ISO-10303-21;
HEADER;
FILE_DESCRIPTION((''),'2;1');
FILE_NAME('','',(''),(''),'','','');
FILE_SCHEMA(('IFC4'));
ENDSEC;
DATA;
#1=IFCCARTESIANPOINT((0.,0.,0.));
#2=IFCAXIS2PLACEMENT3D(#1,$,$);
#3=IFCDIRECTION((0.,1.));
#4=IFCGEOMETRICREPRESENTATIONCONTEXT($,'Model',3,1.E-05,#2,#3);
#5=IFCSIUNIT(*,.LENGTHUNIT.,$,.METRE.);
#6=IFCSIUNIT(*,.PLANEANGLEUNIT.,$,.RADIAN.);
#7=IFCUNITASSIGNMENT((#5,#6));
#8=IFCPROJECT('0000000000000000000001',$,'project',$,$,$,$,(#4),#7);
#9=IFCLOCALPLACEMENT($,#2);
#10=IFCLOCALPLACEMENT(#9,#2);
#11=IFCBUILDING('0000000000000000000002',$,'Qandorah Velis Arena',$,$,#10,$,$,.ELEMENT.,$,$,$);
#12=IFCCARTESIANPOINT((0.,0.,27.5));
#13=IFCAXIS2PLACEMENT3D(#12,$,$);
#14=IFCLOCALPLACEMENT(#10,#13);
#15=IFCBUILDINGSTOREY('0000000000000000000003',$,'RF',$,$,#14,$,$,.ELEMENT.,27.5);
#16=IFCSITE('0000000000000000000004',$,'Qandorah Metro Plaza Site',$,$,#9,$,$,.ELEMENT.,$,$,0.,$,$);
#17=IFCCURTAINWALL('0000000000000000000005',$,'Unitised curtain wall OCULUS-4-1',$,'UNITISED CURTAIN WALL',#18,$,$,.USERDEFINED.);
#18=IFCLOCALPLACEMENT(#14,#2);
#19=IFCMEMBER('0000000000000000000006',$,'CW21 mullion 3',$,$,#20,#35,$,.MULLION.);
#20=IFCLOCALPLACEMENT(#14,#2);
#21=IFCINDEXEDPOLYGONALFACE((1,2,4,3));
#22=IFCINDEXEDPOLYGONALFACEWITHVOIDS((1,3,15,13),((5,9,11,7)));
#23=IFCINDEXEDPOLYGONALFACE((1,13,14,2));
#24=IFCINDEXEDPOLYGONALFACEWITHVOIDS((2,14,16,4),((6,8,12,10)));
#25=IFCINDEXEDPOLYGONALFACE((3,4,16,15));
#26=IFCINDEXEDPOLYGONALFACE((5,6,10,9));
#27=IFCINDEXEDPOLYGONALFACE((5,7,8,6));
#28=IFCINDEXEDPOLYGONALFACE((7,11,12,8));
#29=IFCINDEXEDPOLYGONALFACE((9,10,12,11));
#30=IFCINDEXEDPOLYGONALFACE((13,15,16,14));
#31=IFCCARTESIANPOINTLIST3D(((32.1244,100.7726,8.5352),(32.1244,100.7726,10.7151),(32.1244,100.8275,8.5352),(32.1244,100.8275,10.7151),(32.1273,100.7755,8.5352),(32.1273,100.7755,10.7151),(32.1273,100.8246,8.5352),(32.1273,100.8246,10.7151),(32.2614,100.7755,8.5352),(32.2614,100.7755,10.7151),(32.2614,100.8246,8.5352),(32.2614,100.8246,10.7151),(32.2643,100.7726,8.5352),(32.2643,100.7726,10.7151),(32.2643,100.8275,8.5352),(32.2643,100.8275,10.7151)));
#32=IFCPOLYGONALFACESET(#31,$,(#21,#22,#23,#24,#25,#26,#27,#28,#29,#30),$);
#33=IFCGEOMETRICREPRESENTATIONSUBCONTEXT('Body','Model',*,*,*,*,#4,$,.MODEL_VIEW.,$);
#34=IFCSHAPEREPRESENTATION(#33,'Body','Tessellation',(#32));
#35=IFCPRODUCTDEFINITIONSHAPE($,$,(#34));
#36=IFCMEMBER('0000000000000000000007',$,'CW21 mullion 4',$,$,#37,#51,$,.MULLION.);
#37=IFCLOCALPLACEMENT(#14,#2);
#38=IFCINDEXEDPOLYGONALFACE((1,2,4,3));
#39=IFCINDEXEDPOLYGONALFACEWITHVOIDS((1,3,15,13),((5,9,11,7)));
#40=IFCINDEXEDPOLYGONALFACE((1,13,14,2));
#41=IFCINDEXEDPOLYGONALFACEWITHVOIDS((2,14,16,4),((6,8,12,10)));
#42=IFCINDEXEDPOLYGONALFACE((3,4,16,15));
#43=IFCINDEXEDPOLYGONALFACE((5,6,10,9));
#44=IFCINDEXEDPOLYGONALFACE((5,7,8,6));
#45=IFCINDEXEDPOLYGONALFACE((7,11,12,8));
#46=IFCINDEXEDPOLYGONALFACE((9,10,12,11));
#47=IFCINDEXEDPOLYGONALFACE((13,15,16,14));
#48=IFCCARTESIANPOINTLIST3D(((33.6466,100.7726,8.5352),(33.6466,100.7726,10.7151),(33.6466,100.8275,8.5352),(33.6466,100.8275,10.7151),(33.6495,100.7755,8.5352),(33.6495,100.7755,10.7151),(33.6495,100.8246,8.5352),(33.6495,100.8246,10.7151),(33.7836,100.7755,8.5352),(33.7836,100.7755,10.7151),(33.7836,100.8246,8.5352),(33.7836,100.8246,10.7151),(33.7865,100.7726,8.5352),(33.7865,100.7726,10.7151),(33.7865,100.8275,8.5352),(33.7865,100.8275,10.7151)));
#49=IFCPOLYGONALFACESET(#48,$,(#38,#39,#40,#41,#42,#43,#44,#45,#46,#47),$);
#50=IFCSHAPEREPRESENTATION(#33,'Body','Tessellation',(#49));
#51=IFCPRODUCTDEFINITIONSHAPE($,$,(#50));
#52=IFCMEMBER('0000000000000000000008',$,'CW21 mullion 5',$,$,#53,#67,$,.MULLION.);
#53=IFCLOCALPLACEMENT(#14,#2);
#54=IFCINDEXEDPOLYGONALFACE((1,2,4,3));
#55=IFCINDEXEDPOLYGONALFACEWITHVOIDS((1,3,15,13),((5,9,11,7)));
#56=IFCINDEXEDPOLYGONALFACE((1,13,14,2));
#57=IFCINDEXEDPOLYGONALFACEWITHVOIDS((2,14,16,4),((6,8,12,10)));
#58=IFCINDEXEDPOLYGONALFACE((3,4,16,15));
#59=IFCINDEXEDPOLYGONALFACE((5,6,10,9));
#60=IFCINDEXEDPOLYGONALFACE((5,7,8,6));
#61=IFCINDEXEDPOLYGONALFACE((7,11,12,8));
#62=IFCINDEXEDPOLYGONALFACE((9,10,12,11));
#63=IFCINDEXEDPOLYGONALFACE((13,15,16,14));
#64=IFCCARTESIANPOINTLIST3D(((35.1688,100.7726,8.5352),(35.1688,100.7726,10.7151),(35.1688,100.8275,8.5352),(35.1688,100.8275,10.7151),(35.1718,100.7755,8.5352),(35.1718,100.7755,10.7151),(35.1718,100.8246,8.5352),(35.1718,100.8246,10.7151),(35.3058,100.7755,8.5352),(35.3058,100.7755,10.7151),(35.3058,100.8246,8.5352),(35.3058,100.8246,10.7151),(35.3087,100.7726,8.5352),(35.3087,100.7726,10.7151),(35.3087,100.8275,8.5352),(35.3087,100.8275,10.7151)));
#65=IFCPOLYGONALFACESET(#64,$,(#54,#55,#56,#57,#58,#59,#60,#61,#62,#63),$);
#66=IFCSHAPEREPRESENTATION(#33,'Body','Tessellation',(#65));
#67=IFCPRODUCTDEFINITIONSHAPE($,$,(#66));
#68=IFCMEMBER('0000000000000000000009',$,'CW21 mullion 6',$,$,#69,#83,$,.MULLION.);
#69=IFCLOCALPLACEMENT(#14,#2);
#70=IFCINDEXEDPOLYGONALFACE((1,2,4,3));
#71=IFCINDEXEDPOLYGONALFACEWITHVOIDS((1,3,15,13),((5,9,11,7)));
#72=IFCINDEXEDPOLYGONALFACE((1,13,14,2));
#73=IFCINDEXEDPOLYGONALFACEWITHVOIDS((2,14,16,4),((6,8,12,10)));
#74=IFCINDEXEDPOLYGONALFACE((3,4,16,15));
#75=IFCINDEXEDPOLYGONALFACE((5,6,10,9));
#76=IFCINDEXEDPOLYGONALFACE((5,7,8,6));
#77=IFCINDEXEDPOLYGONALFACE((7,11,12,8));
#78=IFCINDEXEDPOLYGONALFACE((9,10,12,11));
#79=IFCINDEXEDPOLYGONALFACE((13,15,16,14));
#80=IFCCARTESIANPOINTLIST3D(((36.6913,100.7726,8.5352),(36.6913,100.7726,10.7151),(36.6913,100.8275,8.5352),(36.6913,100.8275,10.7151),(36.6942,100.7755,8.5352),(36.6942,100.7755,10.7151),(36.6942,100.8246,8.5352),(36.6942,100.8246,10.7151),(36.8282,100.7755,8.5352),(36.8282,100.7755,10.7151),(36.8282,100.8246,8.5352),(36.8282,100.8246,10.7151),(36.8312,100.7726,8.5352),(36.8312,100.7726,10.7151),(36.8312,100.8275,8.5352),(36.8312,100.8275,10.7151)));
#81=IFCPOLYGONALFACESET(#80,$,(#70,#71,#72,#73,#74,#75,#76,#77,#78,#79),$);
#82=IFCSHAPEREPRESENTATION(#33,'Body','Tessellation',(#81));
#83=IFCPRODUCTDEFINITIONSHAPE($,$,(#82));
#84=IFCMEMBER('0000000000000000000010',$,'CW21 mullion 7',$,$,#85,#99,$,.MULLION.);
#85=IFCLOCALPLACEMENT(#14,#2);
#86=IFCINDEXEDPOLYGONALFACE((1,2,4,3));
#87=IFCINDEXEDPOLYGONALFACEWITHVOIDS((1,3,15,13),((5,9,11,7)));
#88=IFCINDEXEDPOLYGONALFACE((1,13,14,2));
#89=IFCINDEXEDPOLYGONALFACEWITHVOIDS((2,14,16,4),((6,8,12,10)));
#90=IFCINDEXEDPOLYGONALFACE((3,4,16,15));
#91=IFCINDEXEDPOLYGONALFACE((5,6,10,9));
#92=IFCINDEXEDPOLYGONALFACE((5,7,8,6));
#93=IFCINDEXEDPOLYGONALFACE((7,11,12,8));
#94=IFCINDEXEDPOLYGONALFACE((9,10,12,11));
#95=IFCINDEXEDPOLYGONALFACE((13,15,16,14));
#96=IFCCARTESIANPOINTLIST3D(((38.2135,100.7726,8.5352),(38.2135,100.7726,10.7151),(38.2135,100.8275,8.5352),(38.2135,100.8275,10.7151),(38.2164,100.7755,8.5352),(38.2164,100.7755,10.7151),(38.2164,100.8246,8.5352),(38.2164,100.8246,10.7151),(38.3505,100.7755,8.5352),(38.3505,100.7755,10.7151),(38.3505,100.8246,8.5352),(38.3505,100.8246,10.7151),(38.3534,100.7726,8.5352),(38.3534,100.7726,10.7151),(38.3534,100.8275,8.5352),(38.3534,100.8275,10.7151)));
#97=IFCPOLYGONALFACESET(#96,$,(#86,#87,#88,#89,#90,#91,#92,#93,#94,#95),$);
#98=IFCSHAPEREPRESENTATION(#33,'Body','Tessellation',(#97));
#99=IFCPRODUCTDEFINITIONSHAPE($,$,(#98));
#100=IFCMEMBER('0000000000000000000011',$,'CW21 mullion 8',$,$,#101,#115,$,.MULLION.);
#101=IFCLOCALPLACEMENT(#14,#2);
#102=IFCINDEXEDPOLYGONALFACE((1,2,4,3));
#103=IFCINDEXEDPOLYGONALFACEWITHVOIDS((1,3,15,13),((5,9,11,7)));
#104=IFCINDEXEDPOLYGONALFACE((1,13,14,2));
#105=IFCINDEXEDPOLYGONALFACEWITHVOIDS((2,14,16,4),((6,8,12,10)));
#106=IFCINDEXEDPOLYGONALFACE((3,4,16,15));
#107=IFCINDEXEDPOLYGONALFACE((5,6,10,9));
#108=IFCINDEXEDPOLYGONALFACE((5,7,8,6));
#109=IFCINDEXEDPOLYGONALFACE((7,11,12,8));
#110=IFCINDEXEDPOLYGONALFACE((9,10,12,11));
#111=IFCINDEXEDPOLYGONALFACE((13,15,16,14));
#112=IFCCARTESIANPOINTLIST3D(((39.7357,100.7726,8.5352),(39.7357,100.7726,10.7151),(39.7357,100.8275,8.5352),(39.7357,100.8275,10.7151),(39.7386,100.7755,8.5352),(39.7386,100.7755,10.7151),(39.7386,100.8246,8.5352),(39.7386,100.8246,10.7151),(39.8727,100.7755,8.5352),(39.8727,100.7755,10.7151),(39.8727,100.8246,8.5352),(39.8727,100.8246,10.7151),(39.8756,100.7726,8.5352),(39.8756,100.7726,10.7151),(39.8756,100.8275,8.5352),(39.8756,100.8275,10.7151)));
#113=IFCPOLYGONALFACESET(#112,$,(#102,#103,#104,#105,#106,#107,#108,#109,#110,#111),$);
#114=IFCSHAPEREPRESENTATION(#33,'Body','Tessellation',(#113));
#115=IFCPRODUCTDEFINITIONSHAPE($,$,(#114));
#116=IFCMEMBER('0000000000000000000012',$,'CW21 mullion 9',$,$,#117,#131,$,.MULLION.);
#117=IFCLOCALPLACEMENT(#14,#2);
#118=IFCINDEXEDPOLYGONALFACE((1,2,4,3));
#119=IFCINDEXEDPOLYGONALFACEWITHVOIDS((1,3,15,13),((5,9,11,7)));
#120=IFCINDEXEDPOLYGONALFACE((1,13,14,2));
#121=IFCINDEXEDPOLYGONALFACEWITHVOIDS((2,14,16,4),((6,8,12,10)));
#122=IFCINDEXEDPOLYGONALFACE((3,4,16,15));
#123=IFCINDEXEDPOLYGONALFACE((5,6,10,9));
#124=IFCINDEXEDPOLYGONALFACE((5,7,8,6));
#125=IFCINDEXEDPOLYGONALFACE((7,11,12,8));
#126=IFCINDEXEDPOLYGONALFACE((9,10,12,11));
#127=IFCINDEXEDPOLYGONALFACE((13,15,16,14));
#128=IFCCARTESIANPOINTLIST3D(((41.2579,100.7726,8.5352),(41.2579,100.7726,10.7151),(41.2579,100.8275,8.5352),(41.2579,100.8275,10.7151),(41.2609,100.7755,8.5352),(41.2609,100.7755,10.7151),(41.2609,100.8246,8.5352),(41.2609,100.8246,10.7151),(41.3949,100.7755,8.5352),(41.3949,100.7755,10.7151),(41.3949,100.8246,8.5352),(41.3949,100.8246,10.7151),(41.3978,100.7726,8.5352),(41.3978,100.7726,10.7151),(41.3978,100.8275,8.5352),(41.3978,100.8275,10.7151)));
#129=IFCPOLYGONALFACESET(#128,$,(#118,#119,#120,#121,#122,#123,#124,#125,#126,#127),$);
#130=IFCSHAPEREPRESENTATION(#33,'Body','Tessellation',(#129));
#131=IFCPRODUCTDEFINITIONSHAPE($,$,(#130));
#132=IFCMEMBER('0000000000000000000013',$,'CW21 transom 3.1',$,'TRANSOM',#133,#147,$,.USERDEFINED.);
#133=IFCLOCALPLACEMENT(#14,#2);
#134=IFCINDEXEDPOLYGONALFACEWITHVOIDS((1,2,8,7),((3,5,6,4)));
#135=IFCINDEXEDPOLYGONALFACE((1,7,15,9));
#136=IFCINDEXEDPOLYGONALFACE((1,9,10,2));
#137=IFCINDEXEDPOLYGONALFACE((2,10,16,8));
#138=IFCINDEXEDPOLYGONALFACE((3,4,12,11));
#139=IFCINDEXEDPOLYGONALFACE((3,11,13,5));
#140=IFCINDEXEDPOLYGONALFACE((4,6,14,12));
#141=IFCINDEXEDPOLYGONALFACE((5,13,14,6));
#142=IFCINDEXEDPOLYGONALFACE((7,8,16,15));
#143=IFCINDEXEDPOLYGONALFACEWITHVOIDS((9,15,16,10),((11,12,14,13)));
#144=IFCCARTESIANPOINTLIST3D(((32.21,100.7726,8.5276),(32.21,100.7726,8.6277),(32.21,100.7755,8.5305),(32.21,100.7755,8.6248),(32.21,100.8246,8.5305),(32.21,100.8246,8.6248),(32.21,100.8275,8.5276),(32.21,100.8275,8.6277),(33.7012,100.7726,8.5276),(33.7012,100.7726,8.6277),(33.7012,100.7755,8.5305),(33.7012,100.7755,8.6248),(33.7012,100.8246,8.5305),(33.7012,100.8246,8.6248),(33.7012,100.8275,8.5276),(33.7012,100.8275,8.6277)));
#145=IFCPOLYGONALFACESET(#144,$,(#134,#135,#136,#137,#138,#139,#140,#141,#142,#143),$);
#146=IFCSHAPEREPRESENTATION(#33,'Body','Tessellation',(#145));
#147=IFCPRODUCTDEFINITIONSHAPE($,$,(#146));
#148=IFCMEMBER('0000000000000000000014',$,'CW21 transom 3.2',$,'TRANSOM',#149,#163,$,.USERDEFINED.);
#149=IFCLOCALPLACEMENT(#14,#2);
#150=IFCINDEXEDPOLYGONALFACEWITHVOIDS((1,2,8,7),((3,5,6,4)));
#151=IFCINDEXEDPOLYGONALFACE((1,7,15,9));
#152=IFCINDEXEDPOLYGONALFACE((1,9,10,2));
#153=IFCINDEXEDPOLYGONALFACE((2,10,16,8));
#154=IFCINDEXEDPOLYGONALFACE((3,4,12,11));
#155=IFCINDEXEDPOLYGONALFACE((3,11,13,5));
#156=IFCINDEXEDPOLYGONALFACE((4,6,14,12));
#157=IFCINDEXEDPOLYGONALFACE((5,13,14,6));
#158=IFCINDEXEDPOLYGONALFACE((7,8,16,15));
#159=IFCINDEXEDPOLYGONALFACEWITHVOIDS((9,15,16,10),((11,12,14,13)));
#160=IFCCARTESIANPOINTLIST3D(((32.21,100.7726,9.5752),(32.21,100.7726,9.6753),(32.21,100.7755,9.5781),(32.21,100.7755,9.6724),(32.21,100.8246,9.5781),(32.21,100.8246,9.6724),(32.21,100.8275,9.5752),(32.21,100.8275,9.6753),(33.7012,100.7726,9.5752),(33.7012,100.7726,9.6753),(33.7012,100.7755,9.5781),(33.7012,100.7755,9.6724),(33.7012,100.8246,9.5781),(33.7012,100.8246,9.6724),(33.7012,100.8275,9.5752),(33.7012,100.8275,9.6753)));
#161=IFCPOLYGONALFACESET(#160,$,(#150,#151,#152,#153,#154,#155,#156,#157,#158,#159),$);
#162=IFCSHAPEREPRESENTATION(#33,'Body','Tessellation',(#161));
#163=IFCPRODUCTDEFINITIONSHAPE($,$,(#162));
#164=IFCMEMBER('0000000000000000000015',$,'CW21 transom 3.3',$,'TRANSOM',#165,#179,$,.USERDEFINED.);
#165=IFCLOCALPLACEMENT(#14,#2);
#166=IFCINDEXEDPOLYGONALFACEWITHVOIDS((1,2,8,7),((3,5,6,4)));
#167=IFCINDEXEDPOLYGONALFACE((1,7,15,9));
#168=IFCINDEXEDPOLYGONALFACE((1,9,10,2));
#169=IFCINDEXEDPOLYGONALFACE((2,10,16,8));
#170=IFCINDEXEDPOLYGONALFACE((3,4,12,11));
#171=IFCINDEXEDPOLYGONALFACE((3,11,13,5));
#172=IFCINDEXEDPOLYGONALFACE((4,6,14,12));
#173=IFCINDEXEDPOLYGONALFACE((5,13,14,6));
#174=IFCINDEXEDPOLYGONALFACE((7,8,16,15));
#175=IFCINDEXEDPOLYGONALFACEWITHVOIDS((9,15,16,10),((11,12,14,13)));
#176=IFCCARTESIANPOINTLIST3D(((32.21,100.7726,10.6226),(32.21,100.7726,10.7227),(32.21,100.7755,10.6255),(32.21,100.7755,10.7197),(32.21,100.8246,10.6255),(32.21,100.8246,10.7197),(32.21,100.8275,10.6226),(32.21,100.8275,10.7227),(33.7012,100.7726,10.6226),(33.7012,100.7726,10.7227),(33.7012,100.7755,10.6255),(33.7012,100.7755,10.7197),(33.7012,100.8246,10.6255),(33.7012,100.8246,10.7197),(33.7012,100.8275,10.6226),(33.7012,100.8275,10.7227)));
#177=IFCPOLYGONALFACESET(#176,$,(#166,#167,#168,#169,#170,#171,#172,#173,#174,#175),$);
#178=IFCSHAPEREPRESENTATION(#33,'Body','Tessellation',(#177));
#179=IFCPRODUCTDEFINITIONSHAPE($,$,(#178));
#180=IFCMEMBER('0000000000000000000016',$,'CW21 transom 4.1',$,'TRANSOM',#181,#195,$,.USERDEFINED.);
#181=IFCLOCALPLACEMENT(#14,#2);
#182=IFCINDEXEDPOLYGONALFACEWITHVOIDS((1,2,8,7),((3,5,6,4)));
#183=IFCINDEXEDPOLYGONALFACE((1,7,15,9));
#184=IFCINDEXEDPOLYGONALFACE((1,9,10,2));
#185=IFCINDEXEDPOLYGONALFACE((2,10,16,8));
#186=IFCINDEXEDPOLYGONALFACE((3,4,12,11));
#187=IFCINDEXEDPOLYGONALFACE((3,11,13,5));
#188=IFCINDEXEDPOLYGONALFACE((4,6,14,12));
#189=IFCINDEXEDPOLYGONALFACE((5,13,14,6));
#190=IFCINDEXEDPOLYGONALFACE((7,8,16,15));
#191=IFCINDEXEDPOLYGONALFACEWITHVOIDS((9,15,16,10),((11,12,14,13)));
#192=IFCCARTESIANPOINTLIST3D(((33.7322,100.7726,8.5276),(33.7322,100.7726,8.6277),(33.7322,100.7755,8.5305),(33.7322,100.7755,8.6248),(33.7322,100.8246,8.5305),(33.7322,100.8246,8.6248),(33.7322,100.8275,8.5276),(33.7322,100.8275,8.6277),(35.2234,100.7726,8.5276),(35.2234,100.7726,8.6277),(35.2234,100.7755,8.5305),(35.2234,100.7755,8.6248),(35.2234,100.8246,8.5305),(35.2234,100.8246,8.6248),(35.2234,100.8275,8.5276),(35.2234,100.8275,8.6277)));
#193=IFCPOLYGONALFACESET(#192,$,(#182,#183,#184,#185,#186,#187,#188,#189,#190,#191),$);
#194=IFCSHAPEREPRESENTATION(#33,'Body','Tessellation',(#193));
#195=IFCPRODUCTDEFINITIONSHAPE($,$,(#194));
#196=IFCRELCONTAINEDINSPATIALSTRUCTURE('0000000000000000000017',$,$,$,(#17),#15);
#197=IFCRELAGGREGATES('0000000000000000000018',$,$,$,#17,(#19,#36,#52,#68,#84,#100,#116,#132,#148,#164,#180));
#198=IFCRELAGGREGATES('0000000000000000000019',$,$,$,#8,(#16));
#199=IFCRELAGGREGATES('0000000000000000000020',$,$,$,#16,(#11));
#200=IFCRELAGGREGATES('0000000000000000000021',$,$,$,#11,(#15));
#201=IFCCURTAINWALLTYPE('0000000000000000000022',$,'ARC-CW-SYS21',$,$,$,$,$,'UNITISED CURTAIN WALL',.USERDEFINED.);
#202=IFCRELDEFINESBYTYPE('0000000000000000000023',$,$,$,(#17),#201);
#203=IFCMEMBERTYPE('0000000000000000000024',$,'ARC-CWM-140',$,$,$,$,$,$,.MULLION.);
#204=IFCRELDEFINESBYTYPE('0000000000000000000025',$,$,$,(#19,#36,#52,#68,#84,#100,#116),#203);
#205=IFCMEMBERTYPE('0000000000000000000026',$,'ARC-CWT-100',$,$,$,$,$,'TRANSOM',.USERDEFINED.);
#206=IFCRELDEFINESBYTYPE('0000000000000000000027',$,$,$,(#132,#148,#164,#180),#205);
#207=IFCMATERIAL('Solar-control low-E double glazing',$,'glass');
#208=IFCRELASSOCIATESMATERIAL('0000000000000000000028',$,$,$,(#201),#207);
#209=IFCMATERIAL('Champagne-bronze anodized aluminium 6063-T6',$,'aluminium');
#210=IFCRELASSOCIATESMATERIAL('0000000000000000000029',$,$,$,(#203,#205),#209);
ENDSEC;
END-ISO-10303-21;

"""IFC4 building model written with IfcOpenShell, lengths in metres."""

from ifc_helpers import new_model, si_unit, direction, frame, origin, origin_2d, place, context, subcontext, project, spatial, hollow_rectangle, extrude, material, material_profile, profile_set, type_object, element, aggregate, save


model = new_model("IFC4")

# Units and contexts
model_context = context("Model", 3, precision=1e-05, world=origin(), true_north=direction((0.0, 1.0)))
body_context = subcontext(model_context, "Body", "Model", "MODEL_VIEW")
ifc_project = project(units=[si_unit("LENGTHUNIT", "METRE"), si_unit("PLANEANGLEUNIT", "RADIAN")], contexts=[model_context])

# Site, building, storey
site_placement = place(None, origin())
site = spatial("IfcSite", under=ifc_project, at=site_placement, Name="Qandorah Metro Plaza Site", CompositionType="ELEMENT", RefElevation=0.0)
building_placement = place(site_placement, origin())
building = spatial("IfcBuilding", under=site, at=building_placement, Name="Qandorah Velis Arena", CompositionType="ELEMENT")
storey_placement = place(building_placement, frame((0.0, 0.0, 27.5)))
storey = spatial("IfcBuildingStorey", under=building, at=storey_placement, Name="RF", CompositionType="ELEMENT", Elevation=27.5)

# Curtain wall, members
ifc_material_1 = material(Name="Solar-control low-E double glazing", Category="glass")
curtain_wall_type = type_object("IfcCurtainWallType", Name="ARC-CW-SYS21", ElementType="UNITISED CURTAIN WALL", PredefinedType="USERDEFINED", material=ifc_material_1)
curtain_wall_placement = place(storey_placement, origin())
curtain_wall = element("IfcCurtainWall", 1, at=curtain_wall_placement, inside=storey, type_object=curtain_wall_type, Name="Unitised curtain wall OCULUS-4-1", ObjectType="UNITISED CURTAIN WALL", PredefinedType="USERDEFINED")
ifc_material_2 = material(Name="Champagne-bronze anodized aluminium 6063-T6", Category="aluminium")
ifc_material_profile_1 = material_profile(ifc_material_2, hollow_rectangle(XDim=0.0549, YDim=0.1399, WallThickness=0.0029, at=origin_2d()), Name="ALU MULLION 55x140")
ifc_profile_set_1 = profile_set([ifc_material_profile_1], Name="Champagne-bronze anodized aluminium 6063-T6")
member_type_1 = type_object("IfcMemberType", Name="ARC-CWM-140", PredefinedType="MULLION", material=ifc_profile_set_1)
member_1_placement = place(storey_placement, frame((32.1943, 100.8, 8.5352), z_axis=(0.0, 0.0, 1.0), x_axis=(0.0, 1.0, 0.0)))
member_1 = element("IfcMember", 2, at=member_1_placement, type_object=member_type_1, Name="CW21 mullion 3", PredefinedType="MULLION", context=body_context, shape_type="SweptSolid", body=[
    extrude(hollow_rectangle(XDim=0.0549, YDim=0.1399, WallThickness=0.0029, at=origin_2d()), origin(), (0.0, 0.0, 1.0), 2.1799),
])
member_2_placement = place(storey_placement, frame((33.7166, 100.8, 8.5352), z_axis=(0.0, 0.0, 1.0), x_axis=(0.0, 1.0, 0.0)))
member_2 = element("IfcMember", 3, at=member_2_placement, type_object=member_type_1, Name="CW21 mullion 4", PredefinedType="MULLION", context=body_context, shape_type="SweptSolid", body=[
    extrude(hollow_rectangle(XDim=0.0549, YDim=0.1399, WallThickness=0.0029, at=origin_2d()), origin(), (0.0, 0.0, 1.0), 2.1799),
])
member_3_placement = place(storey_placement, frame((35.2388, 100.8, 8.5352), z_axis=(0.0, 0.0, 1.0), x_axis=(0.0, 1.0, 0.0)))
member_3 = element("IfcMember", 4, at=member_3_placement, type_object=member_type_1, Name="CW21 mullion 5", PredefinedType="MULLION", context=body_context, shape_type="SweptSolid", body=[
    extrude(hollow_rectangle(XDim=0.0549, YDim=0.1399, WallThickness=0.0029, at=origin_2d()), origin(), (0.0, 0.0, 1.0), 2.1799),
])
member_4_placement = place(storey_placement, frame((36.7612, 100.8, 8.5352), z_axis=(0.0, 0.0, 1.0), x_axis=(0.0, 1.0, 0.0)))
member_4 = element("IfcMember", 5, at=member_4_placement, type_object=member_type_1, Name="CW21 mullion 6", PredefinedType="MULLION", context=body_context, shape_type="SweptSolid", body=[
    extrude(hollow_rectangle(XDim=0.0549, YDim=0.1399, WallThickness=0.0029, at=origin_2d()), origin(), (0.0, 0.0, 1.0), 2.1799),
])
member_5_placement = place(storey_placement, frame((38.2834, 100.8, 8.5352), z_axis=(0.0, 0.0, 1.0), x_axis=(0.0, 1.0, 0.0)))
member_5 = element("IfcMember", 6, at=member_5_placement, type_object=member_type_1, Name="CW21 mullion 7", PredefinedType="MULLION", context=body_context, shape_type="SweptSolid", body=[
    extrude(hollow_rectangle(XDim=0.0549, YDim=0.1399, WallThickness=0.0029, at=origin_2d()), origin(), (0.0, 0.0, 1.0), 2.1799),
])
member_6_placement = place(storey_placement, frame((39.8057, 100.8, 8.5352), z_axis=(0.0, 0.0, 1.0), x_axis=(0.0, 1.0, 0.0)))
member_6 = element("IfcMember", 7, at=member_6_placement, type_object=member_type_1, Name="CW21 mullion 8", PredefinedType="MULLION", context=body_context, shape_type="SweptSolid", body=[
    extrude(hollow_rectangle(XDim=0.0549, YDim=0.1399, WallThickness=0.0029, at=origin_2d()), origin(), (0.0, 0.0, 1.0), 2.1799),
])
member_7_placement = place(storey_placement, frame((41.3279, 100.8, 8.5352), z_axis=(0.0, 0.0, 1.0), x_axis=(0.0, 1.0, 0.0)))
member_7 = element("IfcMember", 8, at=member_7_placement, type_object=member_type_1, Name="CW21 mullion 9", PredefinedType="MULLION", context=body_context, shape_type="SweptSolid", body=[
    extrude(hollow_rectangle(XDim=0.0549, YDim=0.1399, WallThickness=0.0029, at=origin_2d()), origin(), (0.0, 0.0, 1.0), 2.1799),
])
ifc_material_profile_2 = material_profile(ifc_material_2, hollow_rectangle(XDim=0.0549, YDim=0.1001, WallThickness=0.0029, at=origin_2d()), Name="ALU TRANSOM 55x100")
ifc_profile_set_2 = profile_set([ifc_material_profile_2], Name="Champagne-bronze anodized aluminium 6063-T6")
member_type_2 = type_object("IfcMemberType", Name="ARC-CWT-100", ElementType="TRANSOM", PredefinedType="USERDEFINED", material=ifc_profile_set_2)
member_8_placement = place(storey_placement, frame((32.21, 100.8, 8.5776), z_axis=(1.0, 0.0, 0.0), x_axis=(0.0, 1.0, 0.0)))
member_8 = element("IfcMember", 9, at=member_8_placement, type_object=member_type_2, Name="CW21 transom 3.1", ObjectType="TRANSOM", PredefinedType="USERDEFINED", context=body_context, shape_type="SweptSolid", body=[
    extrude(hollow_rectangle(XDim=0.0549, YDim=0.1001, WallThickness=0.0029, at=origin_2d()), origin(), (0.0, 0.0, 1.0), 1.4912),
])
member_9_placement = place(storey_placement, frame((32.21, 100.8, 9.6252), z_axis=(1.0, 0.0, 0.0), x_axis=(0.0, 1.0, 0.0)))
member_9 = element("IfcMember", 10, at=member_9_placement, type_object=member_type_2, Name="CW21 transom 3.2", ObjectType="TRANSOM", PredefinedType="USERDEFINED", context=body_context, shape_type="SweptSolid", body=[
    extrude(hollow_rectangle(XDim=0.0549, YDim=0.1001, WallThickness=0.0029, at=origin_2d()), origin(), (0.0, 0.0, 1.0), 1.4912),
])
member_10_placement = place(storey_placement, frame((32.21, 100.8, 10.6726), z_axis=(1.0, 0.0, 0.0), x_axis=(0.0, 1.0, 0.0)))
member_10 = element("IfcMember", 11, at=member_10_placement, type_object=member_type_2, Name="CW21 transom 3.3", ObjectType="TRANSOM", PredefinedType="USERDEFINED", context=body_context, shape_type="SweptSolid", body=[
    extrude(hollow_rectangle(XDim=0.0549, YDim=0.1001, WallThickness=0.0029, at=origin_2d()), origin(), (0.0, 0.0, 1.0), 1.4912),
])
member_11_placement = place(storey_placement, frame((33.7322, 100.8, 8.5776), z_axis=(1.0, 0.0, 0.0), x_axis=(0.0, 1.0, 0.0)))
member_11 = element("IfcMember", 12, at=member_11_placement, type_object=member_type_2, Name="CW21 transom 4.1", ObjectType="TRANSOM", PredefinedType="USERDEFINED", context=body_context, shape_type="SweptSolid", body=[
    extrude(hollow_rectangle(XDim=0.0549, YDim=0.1001, WallThickness=0.0029, at=origin_2d()), origin(), (0.0, 0.0, 1.0), 1.4912),
])

aggregate(curtain_wall, [member_1, member_2, member_3, member_4, member_5, member_6, member_7, member_8, member_9, member_10, member_11])

save(model, "model.ifc")
